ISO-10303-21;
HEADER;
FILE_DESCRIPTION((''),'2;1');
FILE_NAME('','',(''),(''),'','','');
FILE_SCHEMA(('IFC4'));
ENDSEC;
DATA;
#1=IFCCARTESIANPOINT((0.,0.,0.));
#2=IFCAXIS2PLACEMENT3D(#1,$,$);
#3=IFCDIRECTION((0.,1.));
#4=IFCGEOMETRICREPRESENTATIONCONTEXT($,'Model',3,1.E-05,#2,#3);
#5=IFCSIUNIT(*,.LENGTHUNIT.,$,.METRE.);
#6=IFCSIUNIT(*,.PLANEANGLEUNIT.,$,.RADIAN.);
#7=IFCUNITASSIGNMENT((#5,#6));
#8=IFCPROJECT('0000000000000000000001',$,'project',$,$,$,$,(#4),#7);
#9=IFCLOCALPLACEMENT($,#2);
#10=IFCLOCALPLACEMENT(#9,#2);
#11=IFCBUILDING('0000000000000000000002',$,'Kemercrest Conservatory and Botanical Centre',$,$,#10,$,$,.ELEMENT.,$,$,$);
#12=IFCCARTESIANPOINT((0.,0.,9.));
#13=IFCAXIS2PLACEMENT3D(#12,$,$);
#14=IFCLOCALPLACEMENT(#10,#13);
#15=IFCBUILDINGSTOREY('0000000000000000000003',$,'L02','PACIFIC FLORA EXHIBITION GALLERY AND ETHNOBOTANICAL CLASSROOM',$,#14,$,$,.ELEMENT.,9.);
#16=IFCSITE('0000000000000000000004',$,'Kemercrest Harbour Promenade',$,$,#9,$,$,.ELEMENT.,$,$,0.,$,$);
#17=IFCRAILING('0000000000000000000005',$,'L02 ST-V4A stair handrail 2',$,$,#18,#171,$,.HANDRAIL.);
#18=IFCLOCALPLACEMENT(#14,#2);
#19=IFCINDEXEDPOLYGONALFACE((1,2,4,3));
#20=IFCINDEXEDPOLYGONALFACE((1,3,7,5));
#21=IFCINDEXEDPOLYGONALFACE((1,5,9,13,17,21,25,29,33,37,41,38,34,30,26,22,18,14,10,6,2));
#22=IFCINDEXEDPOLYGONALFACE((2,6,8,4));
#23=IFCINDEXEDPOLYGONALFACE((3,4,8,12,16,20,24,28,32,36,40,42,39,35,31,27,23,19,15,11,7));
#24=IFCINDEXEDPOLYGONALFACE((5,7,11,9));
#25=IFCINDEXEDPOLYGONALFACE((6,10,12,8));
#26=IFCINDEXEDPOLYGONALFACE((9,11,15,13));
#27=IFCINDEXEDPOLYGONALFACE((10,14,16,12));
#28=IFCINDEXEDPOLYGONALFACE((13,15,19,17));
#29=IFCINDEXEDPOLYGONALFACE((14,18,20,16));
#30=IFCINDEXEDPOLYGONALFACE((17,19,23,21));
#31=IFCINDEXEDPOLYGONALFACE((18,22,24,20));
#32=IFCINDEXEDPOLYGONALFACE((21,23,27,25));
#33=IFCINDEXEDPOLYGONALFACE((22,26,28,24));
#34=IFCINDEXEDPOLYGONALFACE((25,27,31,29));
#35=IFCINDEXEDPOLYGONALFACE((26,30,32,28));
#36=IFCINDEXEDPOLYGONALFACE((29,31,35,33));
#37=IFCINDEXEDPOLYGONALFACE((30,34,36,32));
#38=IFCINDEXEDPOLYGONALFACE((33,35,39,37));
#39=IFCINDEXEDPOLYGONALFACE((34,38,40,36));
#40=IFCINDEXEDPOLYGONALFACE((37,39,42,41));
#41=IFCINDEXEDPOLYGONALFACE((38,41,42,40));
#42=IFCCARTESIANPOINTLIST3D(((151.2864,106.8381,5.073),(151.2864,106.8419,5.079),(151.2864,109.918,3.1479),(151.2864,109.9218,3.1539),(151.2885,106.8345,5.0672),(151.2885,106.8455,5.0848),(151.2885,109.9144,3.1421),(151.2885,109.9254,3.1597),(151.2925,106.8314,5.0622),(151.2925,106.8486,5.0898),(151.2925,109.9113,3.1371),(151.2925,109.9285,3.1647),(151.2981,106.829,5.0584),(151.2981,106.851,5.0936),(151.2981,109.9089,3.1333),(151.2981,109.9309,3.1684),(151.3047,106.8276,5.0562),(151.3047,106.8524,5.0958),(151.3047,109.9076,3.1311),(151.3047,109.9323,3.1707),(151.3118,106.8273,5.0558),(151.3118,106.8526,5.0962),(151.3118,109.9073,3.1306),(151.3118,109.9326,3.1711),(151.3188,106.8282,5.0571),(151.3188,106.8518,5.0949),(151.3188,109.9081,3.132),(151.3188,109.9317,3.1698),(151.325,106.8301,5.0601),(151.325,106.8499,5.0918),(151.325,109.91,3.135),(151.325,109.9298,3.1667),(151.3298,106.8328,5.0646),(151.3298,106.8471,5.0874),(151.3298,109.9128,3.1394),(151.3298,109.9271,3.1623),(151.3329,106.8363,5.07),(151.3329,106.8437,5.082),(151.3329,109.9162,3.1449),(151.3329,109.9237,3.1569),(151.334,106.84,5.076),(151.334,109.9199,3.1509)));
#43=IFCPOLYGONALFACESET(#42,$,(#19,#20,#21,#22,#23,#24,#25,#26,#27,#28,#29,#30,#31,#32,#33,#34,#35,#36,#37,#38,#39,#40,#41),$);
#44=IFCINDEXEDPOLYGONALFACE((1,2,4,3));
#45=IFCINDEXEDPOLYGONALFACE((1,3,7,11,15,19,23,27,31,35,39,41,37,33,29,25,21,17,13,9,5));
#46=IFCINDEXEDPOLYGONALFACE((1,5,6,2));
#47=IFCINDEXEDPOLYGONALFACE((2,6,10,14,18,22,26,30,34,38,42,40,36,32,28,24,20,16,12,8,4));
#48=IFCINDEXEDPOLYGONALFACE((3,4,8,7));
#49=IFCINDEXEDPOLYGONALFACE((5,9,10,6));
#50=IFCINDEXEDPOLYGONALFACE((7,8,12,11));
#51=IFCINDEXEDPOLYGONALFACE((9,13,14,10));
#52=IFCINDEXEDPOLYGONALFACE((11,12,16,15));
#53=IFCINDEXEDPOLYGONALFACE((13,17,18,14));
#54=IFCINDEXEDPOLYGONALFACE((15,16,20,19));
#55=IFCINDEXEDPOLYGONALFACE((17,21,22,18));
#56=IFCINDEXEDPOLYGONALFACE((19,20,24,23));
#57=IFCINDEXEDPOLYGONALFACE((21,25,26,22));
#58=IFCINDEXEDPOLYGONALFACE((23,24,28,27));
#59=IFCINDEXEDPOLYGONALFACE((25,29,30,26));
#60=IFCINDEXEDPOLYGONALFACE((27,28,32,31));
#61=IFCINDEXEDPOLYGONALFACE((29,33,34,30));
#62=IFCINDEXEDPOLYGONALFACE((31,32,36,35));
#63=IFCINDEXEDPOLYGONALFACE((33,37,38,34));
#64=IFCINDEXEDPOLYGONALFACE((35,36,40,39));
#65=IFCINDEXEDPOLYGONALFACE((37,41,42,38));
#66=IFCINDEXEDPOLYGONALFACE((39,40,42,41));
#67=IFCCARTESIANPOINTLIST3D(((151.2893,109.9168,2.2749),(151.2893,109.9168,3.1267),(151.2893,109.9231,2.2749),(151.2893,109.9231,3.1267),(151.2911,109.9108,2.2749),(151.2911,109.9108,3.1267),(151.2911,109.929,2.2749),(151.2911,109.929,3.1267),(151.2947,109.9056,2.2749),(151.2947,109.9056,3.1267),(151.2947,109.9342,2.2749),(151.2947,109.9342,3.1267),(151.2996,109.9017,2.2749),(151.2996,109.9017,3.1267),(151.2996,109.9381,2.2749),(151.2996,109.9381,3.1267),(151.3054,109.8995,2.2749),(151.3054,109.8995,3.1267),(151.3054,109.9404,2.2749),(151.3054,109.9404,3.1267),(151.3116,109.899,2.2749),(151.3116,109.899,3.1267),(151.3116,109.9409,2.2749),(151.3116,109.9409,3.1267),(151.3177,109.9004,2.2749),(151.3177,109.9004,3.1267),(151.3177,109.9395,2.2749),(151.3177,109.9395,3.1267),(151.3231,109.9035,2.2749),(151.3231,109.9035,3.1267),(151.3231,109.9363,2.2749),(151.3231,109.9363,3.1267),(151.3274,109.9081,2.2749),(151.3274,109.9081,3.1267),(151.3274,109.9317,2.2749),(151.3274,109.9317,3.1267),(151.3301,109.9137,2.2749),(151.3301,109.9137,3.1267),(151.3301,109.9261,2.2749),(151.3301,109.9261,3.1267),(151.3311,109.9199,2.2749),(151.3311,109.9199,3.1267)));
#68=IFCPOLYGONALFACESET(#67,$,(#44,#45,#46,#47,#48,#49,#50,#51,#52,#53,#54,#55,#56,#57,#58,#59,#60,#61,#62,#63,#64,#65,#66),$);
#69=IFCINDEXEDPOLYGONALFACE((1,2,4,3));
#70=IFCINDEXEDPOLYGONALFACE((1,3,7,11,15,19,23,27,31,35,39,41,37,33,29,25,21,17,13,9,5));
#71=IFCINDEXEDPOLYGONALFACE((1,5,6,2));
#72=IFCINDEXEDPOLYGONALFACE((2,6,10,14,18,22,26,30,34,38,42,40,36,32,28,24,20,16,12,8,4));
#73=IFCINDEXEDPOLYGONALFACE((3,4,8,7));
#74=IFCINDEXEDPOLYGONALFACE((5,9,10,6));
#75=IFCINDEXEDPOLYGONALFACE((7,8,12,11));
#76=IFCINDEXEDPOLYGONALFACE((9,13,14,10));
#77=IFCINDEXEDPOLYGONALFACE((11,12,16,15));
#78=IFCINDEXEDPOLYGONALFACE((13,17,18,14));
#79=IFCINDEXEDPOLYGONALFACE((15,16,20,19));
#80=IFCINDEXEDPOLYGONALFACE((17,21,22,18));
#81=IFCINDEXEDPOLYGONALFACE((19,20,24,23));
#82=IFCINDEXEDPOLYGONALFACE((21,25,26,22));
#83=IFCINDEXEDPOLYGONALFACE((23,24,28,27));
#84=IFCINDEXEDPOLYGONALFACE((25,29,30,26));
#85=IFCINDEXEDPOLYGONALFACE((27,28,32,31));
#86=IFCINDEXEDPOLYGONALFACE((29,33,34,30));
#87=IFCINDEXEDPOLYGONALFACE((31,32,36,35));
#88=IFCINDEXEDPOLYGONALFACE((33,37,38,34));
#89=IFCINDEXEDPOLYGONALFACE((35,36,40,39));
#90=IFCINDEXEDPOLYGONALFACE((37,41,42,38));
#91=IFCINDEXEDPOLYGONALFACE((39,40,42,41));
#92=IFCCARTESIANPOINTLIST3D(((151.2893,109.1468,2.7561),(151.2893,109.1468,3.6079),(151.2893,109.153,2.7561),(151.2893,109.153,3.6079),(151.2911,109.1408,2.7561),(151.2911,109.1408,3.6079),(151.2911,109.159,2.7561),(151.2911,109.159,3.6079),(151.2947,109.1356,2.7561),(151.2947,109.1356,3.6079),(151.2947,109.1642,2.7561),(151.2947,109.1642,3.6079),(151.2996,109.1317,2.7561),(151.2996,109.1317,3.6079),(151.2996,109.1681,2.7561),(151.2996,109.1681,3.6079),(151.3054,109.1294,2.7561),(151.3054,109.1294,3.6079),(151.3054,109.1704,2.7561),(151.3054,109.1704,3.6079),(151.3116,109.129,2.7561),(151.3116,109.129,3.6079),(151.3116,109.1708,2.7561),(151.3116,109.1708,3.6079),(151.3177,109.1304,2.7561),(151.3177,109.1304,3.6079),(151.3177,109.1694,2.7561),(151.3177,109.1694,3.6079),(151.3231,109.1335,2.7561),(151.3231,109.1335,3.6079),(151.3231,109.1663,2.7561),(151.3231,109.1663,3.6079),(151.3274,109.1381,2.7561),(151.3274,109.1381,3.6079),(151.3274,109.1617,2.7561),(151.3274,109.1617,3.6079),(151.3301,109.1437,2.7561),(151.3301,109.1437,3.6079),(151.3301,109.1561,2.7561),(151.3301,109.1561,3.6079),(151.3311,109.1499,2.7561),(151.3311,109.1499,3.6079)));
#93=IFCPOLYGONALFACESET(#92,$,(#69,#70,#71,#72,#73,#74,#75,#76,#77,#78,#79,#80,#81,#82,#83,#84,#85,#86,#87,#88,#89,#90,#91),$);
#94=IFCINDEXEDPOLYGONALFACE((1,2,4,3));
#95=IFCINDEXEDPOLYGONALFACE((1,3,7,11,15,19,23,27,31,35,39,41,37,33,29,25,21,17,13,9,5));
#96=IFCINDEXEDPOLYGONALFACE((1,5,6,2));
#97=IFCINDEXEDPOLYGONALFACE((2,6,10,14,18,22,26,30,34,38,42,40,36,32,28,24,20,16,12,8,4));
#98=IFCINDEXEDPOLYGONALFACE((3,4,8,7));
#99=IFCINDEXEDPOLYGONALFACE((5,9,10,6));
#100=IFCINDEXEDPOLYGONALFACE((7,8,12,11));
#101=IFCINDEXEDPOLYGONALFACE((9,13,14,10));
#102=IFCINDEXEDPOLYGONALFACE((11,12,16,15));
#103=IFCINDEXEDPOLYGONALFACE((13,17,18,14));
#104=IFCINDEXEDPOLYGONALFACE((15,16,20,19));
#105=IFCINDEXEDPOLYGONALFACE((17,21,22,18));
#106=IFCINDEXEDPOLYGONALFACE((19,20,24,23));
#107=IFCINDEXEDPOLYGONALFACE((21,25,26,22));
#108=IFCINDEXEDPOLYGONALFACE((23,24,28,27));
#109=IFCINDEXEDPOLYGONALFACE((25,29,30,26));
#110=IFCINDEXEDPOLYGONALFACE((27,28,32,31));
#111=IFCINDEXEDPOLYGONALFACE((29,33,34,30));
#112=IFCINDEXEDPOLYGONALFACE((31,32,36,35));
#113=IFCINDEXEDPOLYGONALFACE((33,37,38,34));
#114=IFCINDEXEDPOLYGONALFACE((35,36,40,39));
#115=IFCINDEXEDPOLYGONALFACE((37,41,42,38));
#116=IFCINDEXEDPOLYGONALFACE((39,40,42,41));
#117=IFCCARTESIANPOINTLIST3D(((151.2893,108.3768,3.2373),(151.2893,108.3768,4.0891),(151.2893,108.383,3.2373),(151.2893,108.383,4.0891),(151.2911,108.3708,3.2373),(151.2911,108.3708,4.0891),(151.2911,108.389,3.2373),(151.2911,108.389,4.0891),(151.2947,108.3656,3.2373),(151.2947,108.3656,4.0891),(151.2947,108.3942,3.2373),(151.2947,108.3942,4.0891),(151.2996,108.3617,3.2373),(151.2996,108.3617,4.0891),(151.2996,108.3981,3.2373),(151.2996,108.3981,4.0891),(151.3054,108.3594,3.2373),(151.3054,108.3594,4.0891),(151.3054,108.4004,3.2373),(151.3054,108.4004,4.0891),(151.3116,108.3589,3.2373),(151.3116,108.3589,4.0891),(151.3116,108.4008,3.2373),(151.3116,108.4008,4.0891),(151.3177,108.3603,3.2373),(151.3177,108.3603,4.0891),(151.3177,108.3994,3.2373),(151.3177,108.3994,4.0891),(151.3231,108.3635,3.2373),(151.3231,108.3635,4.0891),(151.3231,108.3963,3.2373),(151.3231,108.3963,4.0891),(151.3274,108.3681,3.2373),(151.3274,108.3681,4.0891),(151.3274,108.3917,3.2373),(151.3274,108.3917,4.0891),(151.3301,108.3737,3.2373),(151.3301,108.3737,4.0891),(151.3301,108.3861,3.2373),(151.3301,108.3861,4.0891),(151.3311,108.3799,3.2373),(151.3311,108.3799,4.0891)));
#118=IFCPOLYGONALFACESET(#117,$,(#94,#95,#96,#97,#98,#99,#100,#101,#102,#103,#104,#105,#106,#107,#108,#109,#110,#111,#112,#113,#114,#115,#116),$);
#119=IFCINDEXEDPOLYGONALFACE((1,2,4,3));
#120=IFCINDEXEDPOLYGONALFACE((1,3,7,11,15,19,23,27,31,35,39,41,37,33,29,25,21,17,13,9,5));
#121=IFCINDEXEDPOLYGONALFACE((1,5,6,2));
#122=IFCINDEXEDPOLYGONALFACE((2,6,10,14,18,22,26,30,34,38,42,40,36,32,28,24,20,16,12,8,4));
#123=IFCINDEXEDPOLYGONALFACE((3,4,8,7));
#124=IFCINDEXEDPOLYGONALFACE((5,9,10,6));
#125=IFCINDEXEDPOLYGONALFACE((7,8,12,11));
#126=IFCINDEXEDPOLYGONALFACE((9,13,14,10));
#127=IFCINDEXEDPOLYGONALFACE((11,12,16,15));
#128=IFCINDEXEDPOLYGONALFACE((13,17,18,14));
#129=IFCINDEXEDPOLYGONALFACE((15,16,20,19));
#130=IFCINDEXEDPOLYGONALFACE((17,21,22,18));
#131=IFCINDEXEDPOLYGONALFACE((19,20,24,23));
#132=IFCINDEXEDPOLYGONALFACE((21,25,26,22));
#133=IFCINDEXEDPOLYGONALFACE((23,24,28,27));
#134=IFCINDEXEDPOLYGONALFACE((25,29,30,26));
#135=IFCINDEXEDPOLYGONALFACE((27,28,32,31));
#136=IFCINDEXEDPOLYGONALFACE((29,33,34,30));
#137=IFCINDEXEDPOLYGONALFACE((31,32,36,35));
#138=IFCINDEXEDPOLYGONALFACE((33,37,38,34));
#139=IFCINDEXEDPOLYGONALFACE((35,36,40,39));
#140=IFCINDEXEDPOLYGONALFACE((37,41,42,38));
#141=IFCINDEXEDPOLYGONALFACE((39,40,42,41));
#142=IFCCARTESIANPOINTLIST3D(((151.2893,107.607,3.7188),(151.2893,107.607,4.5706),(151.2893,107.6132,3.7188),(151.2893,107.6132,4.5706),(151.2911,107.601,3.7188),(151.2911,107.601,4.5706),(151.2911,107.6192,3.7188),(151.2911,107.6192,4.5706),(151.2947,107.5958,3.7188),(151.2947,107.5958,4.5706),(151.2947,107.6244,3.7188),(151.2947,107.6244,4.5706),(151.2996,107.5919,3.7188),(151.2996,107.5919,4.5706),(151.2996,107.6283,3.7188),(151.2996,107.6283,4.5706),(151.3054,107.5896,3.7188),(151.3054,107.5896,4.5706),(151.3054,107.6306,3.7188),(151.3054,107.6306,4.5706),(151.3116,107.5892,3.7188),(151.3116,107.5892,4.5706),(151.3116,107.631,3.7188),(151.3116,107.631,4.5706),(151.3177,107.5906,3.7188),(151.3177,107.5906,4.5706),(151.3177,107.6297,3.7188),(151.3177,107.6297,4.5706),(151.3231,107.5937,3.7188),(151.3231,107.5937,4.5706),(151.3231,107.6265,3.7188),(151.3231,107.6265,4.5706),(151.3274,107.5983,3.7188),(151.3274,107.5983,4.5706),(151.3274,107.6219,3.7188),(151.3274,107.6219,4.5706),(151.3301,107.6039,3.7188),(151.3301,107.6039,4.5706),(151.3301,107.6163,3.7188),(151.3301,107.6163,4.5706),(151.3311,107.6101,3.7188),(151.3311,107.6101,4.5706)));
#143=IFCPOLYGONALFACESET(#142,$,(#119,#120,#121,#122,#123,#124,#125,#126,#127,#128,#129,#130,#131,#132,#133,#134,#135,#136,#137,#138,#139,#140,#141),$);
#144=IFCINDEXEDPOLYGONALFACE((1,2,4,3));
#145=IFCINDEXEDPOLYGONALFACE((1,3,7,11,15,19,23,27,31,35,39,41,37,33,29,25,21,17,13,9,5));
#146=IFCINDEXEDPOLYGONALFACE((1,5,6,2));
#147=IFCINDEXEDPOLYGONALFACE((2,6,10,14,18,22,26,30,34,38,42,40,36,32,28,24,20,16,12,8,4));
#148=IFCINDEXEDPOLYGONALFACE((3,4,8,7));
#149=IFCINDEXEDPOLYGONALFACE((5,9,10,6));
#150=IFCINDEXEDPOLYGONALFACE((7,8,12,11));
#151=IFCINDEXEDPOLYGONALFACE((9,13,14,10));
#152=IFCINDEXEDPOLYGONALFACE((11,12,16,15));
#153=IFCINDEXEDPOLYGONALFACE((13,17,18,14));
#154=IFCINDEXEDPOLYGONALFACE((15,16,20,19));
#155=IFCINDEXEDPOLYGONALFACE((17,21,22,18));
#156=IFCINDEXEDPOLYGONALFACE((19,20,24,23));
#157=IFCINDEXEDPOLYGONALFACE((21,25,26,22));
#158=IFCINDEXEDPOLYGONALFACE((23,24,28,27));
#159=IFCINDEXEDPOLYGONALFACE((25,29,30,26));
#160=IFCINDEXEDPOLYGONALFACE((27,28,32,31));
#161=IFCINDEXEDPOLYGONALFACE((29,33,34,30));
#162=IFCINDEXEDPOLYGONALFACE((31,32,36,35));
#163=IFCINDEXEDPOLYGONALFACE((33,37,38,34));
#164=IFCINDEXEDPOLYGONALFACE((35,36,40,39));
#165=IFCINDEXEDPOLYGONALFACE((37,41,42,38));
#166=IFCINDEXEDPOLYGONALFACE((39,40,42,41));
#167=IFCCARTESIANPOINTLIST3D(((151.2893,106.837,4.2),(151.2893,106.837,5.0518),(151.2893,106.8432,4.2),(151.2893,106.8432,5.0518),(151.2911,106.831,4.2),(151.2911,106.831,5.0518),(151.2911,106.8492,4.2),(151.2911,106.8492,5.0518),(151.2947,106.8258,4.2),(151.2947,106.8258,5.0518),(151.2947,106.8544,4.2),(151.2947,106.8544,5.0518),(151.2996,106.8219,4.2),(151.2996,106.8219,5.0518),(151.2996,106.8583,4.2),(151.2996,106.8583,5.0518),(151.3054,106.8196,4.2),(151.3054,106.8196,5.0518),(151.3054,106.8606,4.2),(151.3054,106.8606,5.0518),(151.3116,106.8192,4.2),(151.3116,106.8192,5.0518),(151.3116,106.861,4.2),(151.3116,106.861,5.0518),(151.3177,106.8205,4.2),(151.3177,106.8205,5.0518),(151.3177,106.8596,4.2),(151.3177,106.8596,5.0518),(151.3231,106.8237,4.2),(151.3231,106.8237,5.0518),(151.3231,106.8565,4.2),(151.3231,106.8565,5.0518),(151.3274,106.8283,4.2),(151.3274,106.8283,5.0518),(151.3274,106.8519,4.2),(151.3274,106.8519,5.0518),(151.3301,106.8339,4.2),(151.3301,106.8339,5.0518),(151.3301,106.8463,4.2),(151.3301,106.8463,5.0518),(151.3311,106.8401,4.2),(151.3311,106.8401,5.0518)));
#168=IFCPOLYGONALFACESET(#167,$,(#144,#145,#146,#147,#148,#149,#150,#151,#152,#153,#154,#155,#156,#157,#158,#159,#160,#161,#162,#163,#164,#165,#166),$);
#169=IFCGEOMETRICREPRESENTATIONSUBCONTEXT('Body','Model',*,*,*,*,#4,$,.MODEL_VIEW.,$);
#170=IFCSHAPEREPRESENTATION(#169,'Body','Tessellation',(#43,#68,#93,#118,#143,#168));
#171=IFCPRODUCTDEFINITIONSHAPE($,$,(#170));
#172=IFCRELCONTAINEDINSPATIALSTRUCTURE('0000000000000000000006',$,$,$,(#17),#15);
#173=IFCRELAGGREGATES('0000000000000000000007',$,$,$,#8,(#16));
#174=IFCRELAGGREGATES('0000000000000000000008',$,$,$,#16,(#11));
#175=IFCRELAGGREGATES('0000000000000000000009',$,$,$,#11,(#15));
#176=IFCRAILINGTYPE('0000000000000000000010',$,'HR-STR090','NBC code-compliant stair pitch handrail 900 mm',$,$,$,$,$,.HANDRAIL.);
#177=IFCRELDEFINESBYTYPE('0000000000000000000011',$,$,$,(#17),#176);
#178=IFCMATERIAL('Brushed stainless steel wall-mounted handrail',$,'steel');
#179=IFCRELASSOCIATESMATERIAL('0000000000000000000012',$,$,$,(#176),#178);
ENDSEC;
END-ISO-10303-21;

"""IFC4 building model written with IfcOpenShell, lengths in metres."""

from ifc_helpers import new_model, si_unit, direction, frame, origin, origin_2d, place, context, subcontext, project, spatial, circle, extrude, material, type_object, element, save


model = new_model("IFC4")

# Units and contexts
model_context = context("Model", 3, precision=1e-05, world=origin(), true_north=direction((0.0, 1.0)))
body_context = subcontext(model_context, "Body", "Model", "MODEL_VIEW")
ifc_project = project(units=[si_unit("LENGTHUNIT", "METRE"), si_unit("PLANEANGLEUNIT", "RADIAN")], contexts=[model_context])

# Site, building, storey
site_placement = place(None, origin())
site = spatial("IfcSite", under=ifc_project, at=site_placement, Name="Kemercrest Harbour Promenade", CompositionType="ELEMENT", RefElevation=0.0)
building_placement = place(site_placement, origin())
building = spatial("IfcBuilding", under=site, at=building_placement, Name="Kemercrest Conservatory and Botanical Centre", CompositionType="ELEMENT")
storey_placement = place(building_placement, frame((0.0, 0.0, 9.0)))
storey = spatial("IfcBuildingStorey", under=building, at=storey_placement, Name="L02", Description="PACIFIC FLORA EXHIBITION GALLERY AND ETHNOBOTANICAL CLASSROOM", CompositionType="ELEMENT", Elevation=9.0)

# Railing
ifc_material_1 = material(Name="Brushed stainless steel wall-mounted handrail", Category="steel")
railing_type = type_object("IfcRailingType", Name="HR-STR090", Description="NBC code-compliant stair pitch handrail 900 mm", PredefinedType="HANDRAIL", material=ifc_material_1)
railing_placement = place(storey_placement, frame((151.3101, 109.9199, 2.2749)))
element("IfcRailing", 1, at=railing_placement, inside=storey, type_object=railing_type, Name="L02 ST-V4A stair handrail 2", PredefinedType="HANDRAIL", context=body_context, shape_type="SweptSolid", body=[
    extrude(circle(Radius=0.0239, at=origin_2d()), frame((0.0, 0.0, 0.876), z_axis=(0.0, -0.847979, 0.530029), x_axis=(1.0, 0.0, 0.0)), (0.0, 0.0, 1.0), 3.6321),
    extrude(circle(Radius=0.021, at=origin_2d()), origin(), (0.0, 0.0, 1.0), 0.8518),
    extrude(circle(Radius=0.021, at=origin_2d()), frame((0.0, -0.77, 0.4812)), (0.0, 0.0, 1.0), 0.8518),
    extrude(circle(Radius=0.021, at=origin_2d()), frame((0.0, -1.54, 0.9624)), (0.0, 0.0, 1.0), 0.8518),
    extrude(circle(Radius=0.021, at=origin_2d()), frame((0.0, -2.3098, 1.4438)), (0.0, 0.0, 1.0), 0.8518),
    extrude(circle(Radius=0.021, at=origin_2d()), frame((0.0, -3.0798, 1.925)), (0.0, 0.0, 1.0), 0.8518),
])

save(model, "model.ifc")
